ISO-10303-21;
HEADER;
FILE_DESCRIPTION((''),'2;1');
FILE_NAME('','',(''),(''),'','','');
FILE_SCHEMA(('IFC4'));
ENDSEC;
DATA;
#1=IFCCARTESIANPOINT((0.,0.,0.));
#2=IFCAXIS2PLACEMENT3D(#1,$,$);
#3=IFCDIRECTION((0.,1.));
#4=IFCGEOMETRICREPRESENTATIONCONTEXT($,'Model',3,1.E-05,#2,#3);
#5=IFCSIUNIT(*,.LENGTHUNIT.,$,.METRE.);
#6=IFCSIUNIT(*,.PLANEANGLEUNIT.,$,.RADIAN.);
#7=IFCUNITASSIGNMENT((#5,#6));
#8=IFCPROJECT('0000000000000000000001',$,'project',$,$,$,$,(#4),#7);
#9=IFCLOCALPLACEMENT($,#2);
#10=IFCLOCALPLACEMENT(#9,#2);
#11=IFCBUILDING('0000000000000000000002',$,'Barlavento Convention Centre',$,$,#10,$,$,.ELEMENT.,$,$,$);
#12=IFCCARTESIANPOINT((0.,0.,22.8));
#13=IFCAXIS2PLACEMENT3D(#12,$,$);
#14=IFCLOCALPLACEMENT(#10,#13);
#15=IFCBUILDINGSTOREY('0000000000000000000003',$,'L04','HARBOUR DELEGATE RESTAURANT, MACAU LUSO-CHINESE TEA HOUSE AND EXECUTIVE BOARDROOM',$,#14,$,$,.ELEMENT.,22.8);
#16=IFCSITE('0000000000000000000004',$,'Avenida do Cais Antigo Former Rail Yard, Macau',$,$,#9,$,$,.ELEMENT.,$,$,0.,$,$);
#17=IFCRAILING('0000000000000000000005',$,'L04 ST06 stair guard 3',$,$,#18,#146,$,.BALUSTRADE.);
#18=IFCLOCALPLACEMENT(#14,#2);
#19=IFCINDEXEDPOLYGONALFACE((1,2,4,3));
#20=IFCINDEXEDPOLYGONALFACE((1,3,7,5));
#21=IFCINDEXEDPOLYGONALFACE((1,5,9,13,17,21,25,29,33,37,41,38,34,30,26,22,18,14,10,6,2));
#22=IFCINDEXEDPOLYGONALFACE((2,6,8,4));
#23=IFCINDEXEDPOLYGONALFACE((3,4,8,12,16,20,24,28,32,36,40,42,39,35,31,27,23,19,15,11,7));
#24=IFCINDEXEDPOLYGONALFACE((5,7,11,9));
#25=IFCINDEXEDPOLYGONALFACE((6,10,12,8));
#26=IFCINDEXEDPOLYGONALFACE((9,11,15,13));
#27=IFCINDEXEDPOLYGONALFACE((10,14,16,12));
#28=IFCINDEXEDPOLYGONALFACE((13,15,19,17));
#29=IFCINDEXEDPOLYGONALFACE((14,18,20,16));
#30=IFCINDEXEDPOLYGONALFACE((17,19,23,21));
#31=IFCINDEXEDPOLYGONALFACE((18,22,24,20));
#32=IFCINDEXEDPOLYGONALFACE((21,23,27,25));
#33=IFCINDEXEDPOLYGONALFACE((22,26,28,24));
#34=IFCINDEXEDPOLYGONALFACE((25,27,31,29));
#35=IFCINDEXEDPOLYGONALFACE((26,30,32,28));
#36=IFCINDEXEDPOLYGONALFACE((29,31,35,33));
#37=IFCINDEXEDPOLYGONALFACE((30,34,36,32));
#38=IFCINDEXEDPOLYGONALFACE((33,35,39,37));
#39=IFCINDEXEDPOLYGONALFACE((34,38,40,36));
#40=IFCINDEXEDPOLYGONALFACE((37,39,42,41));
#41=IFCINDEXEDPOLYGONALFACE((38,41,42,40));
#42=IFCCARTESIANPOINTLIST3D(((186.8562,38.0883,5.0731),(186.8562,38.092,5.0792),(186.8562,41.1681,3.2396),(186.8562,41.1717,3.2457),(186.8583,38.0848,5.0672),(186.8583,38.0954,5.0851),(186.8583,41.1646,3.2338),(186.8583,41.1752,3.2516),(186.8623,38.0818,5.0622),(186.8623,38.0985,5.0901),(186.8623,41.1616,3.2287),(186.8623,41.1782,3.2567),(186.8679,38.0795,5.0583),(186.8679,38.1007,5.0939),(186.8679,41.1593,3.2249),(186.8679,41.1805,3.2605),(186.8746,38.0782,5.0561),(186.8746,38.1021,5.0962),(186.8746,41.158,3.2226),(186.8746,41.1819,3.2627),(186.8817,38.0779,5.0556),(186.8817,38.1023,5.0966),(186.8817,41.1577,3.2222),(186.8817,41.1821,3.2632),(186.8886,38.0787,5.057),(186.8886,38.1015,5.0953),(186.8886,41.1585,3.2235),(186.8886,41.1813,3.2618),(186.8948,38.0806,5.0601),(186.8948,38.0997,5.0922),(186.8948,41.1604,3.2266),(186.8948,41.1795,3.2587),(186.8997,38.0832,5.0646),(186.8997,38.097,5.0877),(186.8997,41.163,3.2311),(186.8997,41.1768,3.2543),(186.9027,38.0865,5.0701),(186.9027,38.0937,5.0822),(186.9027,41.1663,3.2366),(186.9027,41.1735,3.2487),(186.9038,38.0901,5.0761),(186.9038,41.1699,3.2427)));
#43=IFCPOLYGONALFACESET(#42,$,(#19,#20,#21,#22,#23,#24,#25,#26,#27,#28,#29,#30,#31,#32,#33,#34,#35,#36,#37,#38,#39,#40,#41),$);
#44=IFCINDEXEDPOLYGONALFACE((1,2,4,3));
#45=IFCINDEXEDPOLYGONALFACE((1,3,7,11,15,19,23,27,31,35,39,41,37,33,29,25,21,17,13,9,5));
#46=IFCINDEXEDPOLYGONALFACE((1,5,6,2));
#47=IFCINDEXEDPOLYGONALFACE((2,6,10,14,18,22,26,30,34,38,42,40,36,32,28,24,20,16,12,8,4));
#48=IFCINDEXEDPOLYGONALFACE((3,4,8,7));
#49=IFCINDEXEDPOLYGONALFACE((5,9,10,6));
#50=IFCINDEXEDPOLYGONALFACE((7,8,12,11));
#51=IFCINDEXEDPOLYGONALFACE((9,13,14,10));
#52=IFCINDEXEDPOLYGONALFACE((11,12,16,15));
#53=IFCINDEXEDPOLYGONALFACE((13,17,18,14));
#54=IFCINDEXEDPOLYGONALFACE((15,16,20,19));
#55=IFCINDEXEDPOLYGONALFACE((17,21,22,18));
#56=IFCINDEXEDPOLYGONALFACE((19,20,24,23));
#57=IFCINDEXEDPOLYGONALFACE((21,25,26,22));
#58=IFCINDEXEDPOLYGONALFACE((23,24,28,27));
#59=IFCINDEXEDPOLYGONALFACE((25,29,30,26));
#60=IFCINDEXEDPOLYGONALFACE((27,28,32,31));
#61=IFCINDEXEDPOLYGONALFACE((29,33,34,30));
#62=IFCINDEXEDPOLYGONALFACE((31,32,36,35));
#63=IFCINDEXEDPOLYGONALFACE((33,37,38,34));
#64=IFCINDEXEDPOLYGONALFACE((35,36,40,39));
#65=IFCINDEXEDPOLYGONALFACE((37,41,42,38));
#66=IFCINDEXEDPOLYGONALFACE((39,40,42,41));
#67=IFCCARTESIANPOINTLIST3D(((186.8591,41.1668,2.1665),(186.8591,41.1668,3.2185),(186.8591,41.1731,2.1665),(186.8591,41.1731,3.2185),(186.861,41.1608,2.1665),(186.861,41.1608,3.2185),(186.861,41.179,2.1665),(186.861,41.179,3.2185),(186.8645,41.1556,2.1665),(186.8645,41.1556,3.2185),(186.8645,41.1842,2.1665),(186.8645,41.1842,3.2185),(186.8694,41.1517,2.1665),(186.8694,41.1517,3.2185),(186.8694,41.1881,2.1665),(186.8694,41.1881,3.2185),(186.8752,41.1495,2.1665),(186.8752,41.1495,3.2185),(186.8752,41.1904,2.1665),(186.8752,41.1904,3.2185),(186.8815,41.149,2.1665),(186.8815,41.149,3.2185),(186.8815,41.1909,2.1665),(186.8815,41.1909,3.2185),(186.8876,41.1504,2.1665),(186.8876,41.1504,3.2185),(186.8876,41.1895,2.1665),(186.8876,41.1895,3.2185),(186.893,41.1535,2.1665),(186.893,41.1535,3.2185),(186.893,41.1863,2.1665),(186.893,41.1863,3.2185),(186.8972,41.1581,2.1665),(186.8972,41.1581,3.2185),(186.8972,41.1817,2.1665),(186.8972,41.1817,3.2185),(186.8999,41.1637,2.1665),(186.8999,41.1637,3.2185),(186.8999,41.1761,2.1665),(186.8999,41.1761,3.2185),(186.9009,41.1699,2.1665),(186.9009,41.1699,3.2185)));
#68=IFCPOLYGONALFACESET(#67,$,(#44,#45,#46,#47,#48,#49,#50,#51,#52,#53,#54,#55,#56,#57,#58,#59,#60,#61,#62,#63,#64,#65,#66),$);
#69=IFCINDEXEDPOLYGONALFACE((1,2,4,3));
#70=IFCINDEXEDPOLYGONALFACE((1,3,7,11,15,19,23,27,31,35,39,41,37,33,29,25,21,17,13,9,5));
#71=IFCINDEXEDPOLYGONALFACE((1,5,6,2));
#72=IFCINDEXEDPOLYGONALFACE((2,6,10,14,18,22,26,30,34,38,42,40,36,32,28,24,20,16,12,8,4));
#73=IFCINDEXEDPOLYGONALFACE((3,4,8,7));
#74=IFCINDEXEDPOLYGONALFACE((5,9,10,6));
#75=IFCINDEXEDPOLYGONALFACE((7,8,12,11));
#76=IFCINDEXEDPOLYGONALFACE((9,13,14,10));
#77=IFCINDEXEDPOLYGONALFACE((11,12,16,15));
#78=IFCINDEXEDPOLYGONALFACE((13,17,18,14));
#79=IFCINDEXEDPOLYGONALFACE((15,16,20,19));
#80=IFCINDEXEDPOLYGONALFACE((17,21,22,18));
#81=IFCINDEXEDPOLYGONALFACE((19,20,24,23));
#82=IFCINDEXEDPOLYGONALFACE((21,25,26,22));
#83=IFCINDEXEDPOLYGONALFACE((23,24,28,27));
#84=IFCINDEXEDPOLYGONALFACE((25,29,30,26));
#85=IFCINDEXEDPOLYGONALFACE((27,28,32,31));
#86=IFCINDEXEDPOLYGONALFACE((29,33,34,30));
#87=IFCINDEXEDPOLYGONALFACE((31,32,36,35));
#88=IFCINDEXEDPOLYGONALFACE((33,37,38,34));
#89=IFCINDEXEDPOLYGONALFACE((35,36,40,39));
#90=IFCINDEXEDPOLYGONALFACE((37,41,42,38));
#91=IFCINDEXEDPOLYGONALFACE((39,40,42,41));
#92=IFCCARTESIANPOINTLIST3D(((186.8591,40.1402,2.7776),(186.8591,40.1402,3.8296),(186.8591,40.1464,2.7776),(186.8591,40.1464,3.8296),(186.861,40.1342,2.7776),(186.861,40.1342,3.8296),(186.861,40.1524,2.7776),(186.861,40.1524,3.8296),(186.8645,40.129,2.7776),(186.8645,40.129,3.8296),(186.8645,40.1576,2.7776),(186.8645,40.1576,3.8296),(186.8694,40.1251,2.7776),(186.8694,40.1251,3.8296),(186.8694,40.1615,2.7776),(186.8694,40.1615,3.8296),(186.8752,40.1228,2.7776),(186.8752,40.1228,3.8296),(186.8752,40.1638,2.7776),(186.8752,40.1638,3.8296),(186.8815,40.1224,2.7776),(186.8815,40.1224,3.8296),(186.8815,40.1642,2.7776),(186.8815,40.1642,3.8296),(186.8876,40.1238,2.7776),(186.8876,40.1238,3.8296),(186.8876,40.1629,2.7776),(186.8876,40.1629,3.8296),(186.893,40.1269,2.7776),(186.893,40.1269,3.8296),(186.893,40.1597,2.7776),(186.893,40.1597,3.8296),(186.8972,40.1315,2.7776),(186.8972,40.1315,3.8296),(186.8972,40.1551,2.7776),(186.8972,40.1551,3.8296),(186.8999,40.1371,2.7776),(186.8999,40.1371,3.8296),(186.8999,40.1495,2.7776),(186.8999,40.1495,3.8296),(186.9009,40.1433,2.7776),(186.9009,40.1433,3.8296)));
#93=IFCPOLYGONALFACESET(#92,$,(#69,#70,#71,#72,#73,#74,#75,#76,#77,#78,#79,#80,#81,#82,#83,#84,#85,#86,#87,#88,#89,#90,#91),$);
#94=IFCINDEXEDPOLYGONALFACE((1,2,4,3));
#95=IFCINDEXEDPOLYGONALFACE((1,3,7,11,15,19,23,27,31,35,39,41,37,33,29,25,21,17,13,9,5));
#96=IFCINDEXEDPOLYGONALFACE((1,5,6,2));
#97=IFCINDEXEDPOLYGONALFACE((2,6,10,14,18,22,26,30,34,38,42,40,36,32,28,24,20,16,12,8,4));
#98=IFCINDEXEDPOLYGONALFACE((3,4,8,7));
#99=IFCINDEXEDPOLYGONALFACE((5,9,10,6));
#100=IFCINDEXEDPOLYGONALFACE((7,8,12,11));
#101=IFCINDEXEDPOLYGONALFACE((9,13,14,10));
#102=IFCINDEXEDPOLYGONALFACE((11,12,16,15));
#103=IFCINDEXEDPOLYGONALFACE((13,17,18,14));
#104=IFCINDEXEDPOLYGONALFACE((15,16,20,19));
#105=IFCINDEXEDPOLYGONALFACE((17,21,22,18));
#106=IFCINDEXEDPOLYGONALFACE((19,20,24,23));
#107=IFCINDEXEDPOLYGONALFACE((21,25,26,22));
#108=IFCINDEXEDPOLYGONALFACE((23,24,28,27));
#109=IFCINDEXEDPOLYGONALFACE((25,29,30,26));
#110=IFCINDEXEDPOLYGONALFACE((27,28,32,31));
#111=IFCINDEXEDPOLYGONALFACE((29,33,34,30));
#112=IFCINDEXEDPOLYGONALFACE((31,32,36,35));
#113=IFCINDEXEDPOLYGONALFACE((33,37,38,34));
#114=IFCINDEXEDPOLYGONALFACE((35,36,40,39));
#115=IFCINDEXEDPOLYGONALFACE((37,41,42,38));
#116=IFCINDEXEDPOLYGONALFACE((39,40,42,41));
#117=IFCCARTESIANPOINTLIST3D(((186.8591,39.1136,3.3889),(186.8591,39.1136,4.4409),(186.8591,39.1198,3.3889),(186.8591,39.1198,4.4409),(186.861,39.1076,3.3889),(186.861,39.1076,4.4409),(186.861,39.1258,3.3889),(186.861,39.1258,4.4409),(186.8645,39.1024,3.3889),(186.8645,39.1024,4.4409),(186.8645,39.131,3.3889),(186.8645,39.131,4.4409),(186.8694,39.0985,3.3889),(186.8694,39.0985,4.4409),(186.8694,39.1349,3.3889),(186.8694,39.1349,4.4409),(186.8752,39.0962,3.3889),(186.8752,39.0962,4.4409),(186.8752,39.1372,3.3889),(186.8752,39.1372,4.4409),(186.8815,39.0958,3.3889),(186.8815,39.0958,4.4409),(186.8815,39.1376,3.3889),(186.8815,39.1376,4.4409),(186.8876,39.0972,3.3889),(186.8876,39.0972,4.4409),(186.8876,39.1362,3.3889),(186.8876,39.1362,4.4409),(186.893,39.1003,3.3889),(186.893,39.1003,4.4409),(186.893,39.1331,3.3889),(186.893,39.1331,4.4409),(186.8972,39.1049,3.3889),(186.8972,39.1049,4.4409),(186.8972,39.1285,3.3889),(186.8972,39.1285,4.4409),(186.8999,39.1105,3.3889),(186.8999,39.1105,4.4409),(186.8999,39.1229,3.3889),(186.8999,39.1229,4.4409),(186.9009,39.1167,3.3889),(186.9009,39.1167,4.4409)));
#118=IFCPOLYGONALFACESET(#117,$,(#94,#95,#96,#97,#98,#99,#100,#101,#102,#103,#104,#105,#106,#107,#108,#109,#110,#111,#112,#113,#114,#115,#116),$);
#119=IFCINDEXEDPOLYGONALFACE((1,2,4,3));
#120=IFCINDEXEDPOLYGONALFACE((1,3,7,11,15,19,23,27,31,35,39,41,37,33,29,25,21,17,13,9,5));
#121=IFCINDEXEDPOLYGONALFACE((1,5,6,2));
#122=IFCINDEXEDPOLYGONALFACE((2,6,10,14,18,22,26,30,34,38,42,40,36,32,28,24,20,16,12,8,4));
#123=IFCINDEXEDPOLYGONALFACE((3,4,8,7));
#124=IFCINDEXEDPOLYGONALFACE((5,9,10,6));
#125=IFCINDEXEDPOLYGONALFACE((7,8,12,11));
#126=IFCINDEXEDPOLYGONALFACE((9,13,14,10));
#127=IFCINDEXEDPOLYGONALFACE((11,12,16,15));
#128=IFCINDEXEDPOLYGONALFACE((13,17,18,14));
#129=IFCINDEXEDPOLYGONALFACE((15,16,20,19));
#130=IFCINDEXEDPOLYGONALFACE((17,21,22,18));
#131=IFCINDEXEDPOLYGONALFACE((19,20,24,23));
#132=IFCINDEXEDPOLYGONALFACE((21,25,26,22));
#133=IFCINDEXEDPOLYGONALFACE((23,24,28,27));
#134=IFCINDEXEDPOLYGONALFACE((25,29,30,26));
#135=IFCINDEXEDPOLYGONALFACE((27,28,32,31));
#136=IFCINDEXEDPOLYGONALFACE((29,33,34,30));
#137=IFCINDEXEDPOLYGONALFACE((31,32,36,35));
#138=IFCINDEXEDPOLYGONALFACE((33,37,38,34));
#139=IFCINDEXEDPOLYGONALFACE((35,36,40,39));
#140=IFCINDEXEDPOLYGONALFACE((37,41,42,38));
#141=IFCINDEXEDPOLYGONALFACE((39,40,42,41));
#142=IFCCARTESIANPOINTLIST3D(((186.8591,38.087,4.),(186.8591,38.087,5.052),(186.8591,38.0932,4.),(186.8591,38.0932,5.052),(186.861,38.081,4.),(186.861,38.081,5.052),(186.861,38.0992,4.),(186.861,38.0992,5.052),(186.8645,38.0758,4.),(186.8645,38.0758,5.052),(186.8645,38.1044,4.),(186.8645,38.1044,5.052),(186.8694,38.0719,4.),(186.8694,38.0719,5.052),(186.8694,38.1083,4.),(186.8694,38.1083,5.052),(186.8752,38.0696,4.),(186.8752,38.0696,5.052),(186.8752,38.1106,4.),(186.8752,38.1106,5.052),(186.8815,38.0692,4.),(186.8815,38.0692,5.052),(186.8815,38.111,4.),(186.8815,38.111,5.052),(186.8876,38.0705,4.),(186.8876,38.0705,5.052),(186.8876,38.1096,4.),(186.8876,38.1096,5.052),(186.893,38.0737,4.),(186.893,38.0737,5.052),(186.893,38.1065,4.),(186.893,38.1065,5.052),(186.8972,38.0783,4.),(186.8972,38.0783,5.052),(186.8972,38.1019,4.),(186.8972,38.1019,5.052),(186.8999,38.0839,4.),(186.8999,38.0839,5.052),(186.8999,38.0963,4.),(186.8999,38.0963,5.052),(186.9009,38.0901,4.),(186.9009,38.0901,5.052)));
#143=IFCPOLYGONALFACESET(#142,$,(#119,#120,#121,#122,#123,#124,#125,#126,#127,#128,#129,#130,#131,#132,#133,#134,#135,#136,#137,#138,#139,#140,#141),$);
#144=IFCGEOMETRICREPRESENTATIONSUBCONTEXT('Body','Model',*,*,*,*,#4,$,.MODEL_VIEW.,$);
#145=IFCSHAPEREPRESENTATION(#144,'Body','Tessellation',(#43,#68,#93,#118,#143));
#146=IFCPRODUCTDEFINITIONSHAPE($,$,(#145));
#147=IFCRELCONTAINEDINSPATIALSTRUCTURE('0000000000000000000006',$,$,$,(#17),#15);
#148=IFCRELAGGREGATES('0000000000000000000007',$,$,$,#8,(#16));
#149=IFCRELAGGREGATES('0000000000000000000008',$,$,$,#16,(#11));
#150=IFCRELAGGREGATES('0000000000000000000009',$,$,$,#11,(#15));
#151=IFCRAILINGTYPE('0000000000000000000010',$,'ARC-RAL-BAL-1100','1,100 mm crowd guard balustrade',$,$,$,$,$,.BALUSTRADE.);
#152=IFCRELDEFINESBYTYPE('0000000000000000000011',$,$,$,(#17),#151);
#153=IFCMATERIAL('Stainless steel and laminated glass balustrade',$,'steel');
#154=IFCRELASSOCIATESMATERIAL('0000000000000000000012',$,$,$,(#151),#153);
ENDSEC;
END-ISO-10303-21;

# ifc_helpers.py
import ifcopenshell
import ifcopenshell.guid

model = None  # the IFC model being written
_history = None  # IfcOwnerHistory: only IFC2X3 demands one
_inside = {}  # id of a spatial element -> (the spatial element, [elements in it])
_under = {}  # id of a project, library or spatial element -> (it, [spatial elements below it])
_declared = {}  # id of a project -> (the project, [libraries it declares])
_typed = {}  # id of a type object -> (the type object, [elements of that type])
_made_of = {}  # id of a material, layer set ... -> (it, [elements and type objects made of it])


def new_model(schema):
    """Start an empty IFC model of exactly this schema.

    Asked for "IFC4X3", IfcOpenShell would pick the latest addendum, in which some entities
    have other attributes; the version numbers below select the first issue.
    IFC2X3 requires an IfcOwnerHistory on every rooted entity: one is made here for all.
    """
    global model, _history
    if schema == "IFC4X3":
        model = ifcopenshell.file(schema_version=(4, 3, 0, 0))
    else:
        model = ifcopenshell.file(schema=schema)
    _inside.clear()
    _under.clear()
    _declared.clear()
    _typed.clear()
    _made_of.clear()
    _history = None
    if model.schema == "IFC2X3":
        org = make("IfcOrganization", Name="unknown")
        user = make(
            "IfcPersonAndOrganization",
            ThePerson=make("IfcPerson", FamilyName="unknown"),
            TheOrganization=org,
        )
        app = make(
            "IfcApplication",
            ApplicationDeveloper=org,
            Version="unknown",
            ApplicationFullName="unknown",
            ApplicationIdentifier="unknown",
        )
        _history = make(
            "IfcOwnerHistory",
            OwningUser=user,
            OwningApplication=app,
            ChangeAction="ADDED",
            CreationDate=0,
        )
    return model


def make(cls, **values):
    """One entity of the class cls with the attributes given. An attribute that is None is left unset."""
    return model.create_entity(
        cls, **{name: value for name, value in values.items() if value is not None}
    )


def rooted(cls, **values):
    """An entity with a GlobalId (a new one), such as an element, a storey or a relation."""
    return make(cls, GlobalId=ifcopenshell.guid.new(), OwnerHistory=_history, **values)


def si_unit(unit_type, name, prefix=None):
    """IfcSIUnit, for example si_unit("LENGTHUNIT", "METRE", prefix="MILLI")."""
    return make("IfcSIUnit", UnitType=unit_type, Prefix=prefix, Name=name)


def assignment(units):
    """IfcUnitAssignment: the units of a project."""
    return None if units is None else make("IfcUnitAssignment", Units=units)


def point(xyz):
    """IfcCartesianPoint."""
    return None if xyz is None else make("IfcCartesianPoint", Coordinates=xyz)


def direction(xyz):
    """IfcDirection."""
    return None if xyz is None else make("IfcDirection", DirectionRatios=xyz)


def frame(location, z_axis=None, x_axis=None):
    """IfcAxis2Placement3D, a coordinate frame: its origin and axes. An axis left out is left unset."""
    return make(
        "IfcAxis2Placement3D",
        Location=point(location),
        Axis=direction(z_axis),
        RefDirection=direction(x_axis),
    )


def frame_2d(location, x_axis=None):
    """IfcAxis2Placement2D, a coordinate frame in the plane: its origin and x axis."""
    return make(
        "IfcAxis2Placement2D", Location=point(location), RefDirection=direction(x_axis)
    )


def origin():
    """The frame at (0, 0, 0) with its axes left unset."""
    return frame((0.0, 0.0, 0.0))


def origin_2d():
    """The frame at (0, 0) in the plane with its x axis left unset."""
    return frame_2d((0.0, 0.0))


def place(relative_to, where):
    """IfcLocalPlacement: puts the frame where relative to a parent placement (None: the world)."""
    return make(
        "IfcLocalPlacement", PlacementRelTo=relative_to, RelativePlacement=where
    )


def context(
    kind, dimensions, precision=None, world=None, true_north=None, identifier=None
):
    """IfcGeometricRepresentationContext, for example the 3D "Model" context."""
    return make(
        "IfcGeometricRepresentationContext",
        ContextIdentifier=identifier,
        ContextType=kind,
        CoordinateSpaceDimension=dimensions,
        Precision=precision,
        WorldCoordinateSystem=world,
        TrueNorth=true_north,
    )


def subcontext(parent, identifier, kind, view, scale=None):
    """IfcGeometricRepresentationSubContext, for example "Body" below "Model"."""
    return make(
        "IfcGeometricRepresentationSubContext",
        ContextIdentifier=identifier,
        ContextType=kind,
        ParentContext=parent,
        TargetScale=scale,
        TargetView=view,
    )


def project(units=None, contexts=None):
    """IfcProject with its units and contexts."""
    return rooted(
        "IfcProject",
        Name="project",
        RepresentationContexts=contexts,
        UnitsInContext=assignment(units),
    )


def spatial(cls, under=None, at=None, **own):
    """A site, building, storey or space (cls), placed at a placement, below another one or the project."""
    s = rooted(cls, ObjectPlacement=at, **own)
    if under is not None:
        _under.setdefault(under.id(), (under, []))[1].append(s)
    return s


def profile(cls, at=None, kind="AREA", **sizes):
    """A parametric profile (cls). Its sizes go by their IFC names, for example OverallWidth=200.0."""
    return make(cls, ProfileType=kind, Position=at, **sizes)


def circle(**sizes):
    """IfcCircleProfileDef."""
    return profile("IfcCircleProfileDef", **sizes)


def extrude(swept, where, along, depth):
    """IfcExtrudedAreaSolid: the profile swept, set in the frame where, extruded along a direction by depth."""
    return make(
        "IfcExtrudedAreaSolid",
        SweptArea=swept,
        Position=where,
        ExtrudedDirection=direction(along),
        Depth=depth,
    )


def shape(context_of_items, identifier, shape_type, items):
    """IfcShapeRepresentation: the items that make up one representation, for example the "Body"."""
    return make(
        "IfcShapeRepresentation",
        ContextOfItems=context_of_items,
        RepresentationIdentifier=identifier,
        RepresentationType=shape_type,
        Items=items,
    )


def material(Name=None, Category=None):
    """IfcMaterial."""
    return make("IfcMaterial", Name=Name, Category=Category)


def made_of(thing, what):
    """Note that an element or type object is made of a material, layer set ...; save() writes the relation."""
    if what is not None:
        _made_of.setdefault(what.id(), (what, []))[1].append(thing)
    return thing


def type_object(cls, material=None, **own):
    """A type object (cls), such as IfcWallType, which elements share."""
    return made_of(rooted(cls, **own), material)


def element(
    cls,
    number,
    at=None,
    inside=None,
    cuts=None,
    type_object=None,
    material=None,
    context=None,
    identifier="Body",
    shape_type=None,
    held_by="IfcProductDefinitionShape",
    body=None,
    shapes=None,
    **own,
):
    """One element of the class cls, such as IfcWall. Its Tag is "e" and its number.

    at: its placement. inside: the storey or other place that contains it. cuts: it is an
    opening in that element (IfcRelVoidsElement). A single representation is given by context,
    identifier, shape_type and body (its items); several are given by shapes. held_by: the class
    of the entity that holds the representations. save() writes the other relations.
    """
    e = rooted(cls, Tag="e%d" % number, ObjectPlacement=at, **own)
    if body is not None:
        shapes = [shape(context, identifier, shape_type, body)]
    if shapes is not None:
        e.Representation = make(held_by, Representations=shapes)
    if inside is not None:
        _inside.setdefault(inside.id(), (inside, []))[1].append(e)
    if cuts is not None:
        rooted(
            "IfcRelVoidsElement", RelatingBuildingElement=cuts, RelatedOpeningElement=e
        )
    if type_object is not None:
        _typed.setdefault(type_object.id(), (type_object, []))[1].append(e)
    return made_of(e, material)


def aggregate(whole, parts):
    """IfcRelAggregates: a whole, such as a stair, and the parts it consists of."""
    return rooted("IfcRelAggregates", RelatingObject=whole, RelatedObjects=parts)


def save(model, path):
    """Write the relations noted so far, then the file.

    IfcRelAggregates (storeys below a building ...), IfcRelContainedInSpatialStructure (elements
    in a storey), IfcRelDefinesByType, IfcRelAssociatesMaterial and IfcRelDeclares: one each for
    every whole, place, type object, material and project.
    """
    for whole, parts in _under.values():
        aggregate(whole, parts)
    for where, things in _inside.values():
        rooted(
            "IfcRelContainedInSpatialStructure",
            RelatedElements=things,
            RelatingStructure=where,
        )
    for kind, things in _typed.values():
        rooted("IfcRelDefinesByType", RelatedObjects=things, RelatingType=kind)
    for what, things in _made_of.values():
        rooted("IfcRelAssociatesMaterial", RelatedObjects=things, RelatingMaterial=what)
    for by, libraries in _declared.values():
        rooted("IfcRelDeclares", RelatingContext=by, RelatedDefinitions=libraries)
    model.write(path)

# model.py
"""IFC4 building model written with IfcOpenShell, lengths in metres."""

from ifc_helpers import new_model, si_unit, direction, frame, origin, origin_2d, place, context, subcontext, project, spatial, circle, extrude, material, type_object, element, save


model = new_model("IFC4")

# Units and contexts
model_context = context("Model", 3, precision=1e-05, world=origin(), true_north=direction((0.0, 1.0)))
body_context = subcontext(model_context, "Body", "Model", "MODEL_VIEW")
ifc_project = project(units=[si_unit("LENGTHUNIT", "METRE"), si_unit("PLANEANGLEUNIT", "RADIAN")], contexts=[model_context])

# Site, building, storey
site_placement = place(None, origin())
site = spatial("IfcSite", under=ifc_project, at=site_placement, Name="Avenida do Cais Antigo Former Rail Yard, Macau", CompositionType="ELEMENT", RefElevation=0.0)
building_placement = place(site_placement, origin())
building = spatial("IfcBuilding", under=site, at=building_placement, Name="Barlavento Convention Centre", CompositionType="ELEMENT")
storey_placement = place(building_placement, frame((0.0, 0.0, 22.8)))
storey = spatial("IfcBuildingStorey", under=building, at=storey_placement, Name="L04", Description="HARBOUR DELEGATE RESTAURANT, MACAU LUSO-CHINESE TEA HOUSE AND EXECUTIVE BOARDROOM", CompositionType="ELEMENT", Elevation=22.8)

# Railing
ifc_material_1 = material(Name="Stainless steel and laminated glass balustrade", Category="steel")
railing_type_1 = type_object("IfcRailingType", Name="ARC-RAL-BAL-1100", Description="1,100 mm crowd guard balustrade", PredefinedType="BALUSTRADE", material=ifc_material_1)
railing_1_placement = place(storey_placement, frame((186.8799, 41.1699, 2.1665)))
element("IfcRailing", 1, at=railing_1_placement, inside=storey, type_object=railing_type_1, Name="L04 ST06 stair guard 3", PredefinedType="BALUSTRADE", context=body_context, shape_type="SweptSolid", body=[
    extrude(circle(Radius=0.0239, at=origin_2d()), frame((0.0, 0.0, 1.0762), z_axis=(0.0, -0.859261, 0.511538), x_axis=(1.0, 0.0, 0.0)), (0.0, 0.0, 1.0), 3.5842),
    extrude(circle(Radius=0.021, at=origin_2d()), origin(), (0.0, 0.0, 1.0), 1.052),
    extrude(circle(Radius=0.021, at=origin_2d()), frame((0.0, -1.0266, 0.6111)), (0.0, 0.0, 1.0), 1.052),
    extrude(circle(Radius=0.021, at=origin_2d()), frame((0.0, -2.0532, 1.2224)), (0.0, 0.0, 1.0), 1.052),
    extrude(circle(Radius=0.021, at=origin_2d()), frame((0.0, -3.0798, 1.8335)), (0.0, 0.0, 1.0), 1.052),
])

save(model, "model.ifc")
